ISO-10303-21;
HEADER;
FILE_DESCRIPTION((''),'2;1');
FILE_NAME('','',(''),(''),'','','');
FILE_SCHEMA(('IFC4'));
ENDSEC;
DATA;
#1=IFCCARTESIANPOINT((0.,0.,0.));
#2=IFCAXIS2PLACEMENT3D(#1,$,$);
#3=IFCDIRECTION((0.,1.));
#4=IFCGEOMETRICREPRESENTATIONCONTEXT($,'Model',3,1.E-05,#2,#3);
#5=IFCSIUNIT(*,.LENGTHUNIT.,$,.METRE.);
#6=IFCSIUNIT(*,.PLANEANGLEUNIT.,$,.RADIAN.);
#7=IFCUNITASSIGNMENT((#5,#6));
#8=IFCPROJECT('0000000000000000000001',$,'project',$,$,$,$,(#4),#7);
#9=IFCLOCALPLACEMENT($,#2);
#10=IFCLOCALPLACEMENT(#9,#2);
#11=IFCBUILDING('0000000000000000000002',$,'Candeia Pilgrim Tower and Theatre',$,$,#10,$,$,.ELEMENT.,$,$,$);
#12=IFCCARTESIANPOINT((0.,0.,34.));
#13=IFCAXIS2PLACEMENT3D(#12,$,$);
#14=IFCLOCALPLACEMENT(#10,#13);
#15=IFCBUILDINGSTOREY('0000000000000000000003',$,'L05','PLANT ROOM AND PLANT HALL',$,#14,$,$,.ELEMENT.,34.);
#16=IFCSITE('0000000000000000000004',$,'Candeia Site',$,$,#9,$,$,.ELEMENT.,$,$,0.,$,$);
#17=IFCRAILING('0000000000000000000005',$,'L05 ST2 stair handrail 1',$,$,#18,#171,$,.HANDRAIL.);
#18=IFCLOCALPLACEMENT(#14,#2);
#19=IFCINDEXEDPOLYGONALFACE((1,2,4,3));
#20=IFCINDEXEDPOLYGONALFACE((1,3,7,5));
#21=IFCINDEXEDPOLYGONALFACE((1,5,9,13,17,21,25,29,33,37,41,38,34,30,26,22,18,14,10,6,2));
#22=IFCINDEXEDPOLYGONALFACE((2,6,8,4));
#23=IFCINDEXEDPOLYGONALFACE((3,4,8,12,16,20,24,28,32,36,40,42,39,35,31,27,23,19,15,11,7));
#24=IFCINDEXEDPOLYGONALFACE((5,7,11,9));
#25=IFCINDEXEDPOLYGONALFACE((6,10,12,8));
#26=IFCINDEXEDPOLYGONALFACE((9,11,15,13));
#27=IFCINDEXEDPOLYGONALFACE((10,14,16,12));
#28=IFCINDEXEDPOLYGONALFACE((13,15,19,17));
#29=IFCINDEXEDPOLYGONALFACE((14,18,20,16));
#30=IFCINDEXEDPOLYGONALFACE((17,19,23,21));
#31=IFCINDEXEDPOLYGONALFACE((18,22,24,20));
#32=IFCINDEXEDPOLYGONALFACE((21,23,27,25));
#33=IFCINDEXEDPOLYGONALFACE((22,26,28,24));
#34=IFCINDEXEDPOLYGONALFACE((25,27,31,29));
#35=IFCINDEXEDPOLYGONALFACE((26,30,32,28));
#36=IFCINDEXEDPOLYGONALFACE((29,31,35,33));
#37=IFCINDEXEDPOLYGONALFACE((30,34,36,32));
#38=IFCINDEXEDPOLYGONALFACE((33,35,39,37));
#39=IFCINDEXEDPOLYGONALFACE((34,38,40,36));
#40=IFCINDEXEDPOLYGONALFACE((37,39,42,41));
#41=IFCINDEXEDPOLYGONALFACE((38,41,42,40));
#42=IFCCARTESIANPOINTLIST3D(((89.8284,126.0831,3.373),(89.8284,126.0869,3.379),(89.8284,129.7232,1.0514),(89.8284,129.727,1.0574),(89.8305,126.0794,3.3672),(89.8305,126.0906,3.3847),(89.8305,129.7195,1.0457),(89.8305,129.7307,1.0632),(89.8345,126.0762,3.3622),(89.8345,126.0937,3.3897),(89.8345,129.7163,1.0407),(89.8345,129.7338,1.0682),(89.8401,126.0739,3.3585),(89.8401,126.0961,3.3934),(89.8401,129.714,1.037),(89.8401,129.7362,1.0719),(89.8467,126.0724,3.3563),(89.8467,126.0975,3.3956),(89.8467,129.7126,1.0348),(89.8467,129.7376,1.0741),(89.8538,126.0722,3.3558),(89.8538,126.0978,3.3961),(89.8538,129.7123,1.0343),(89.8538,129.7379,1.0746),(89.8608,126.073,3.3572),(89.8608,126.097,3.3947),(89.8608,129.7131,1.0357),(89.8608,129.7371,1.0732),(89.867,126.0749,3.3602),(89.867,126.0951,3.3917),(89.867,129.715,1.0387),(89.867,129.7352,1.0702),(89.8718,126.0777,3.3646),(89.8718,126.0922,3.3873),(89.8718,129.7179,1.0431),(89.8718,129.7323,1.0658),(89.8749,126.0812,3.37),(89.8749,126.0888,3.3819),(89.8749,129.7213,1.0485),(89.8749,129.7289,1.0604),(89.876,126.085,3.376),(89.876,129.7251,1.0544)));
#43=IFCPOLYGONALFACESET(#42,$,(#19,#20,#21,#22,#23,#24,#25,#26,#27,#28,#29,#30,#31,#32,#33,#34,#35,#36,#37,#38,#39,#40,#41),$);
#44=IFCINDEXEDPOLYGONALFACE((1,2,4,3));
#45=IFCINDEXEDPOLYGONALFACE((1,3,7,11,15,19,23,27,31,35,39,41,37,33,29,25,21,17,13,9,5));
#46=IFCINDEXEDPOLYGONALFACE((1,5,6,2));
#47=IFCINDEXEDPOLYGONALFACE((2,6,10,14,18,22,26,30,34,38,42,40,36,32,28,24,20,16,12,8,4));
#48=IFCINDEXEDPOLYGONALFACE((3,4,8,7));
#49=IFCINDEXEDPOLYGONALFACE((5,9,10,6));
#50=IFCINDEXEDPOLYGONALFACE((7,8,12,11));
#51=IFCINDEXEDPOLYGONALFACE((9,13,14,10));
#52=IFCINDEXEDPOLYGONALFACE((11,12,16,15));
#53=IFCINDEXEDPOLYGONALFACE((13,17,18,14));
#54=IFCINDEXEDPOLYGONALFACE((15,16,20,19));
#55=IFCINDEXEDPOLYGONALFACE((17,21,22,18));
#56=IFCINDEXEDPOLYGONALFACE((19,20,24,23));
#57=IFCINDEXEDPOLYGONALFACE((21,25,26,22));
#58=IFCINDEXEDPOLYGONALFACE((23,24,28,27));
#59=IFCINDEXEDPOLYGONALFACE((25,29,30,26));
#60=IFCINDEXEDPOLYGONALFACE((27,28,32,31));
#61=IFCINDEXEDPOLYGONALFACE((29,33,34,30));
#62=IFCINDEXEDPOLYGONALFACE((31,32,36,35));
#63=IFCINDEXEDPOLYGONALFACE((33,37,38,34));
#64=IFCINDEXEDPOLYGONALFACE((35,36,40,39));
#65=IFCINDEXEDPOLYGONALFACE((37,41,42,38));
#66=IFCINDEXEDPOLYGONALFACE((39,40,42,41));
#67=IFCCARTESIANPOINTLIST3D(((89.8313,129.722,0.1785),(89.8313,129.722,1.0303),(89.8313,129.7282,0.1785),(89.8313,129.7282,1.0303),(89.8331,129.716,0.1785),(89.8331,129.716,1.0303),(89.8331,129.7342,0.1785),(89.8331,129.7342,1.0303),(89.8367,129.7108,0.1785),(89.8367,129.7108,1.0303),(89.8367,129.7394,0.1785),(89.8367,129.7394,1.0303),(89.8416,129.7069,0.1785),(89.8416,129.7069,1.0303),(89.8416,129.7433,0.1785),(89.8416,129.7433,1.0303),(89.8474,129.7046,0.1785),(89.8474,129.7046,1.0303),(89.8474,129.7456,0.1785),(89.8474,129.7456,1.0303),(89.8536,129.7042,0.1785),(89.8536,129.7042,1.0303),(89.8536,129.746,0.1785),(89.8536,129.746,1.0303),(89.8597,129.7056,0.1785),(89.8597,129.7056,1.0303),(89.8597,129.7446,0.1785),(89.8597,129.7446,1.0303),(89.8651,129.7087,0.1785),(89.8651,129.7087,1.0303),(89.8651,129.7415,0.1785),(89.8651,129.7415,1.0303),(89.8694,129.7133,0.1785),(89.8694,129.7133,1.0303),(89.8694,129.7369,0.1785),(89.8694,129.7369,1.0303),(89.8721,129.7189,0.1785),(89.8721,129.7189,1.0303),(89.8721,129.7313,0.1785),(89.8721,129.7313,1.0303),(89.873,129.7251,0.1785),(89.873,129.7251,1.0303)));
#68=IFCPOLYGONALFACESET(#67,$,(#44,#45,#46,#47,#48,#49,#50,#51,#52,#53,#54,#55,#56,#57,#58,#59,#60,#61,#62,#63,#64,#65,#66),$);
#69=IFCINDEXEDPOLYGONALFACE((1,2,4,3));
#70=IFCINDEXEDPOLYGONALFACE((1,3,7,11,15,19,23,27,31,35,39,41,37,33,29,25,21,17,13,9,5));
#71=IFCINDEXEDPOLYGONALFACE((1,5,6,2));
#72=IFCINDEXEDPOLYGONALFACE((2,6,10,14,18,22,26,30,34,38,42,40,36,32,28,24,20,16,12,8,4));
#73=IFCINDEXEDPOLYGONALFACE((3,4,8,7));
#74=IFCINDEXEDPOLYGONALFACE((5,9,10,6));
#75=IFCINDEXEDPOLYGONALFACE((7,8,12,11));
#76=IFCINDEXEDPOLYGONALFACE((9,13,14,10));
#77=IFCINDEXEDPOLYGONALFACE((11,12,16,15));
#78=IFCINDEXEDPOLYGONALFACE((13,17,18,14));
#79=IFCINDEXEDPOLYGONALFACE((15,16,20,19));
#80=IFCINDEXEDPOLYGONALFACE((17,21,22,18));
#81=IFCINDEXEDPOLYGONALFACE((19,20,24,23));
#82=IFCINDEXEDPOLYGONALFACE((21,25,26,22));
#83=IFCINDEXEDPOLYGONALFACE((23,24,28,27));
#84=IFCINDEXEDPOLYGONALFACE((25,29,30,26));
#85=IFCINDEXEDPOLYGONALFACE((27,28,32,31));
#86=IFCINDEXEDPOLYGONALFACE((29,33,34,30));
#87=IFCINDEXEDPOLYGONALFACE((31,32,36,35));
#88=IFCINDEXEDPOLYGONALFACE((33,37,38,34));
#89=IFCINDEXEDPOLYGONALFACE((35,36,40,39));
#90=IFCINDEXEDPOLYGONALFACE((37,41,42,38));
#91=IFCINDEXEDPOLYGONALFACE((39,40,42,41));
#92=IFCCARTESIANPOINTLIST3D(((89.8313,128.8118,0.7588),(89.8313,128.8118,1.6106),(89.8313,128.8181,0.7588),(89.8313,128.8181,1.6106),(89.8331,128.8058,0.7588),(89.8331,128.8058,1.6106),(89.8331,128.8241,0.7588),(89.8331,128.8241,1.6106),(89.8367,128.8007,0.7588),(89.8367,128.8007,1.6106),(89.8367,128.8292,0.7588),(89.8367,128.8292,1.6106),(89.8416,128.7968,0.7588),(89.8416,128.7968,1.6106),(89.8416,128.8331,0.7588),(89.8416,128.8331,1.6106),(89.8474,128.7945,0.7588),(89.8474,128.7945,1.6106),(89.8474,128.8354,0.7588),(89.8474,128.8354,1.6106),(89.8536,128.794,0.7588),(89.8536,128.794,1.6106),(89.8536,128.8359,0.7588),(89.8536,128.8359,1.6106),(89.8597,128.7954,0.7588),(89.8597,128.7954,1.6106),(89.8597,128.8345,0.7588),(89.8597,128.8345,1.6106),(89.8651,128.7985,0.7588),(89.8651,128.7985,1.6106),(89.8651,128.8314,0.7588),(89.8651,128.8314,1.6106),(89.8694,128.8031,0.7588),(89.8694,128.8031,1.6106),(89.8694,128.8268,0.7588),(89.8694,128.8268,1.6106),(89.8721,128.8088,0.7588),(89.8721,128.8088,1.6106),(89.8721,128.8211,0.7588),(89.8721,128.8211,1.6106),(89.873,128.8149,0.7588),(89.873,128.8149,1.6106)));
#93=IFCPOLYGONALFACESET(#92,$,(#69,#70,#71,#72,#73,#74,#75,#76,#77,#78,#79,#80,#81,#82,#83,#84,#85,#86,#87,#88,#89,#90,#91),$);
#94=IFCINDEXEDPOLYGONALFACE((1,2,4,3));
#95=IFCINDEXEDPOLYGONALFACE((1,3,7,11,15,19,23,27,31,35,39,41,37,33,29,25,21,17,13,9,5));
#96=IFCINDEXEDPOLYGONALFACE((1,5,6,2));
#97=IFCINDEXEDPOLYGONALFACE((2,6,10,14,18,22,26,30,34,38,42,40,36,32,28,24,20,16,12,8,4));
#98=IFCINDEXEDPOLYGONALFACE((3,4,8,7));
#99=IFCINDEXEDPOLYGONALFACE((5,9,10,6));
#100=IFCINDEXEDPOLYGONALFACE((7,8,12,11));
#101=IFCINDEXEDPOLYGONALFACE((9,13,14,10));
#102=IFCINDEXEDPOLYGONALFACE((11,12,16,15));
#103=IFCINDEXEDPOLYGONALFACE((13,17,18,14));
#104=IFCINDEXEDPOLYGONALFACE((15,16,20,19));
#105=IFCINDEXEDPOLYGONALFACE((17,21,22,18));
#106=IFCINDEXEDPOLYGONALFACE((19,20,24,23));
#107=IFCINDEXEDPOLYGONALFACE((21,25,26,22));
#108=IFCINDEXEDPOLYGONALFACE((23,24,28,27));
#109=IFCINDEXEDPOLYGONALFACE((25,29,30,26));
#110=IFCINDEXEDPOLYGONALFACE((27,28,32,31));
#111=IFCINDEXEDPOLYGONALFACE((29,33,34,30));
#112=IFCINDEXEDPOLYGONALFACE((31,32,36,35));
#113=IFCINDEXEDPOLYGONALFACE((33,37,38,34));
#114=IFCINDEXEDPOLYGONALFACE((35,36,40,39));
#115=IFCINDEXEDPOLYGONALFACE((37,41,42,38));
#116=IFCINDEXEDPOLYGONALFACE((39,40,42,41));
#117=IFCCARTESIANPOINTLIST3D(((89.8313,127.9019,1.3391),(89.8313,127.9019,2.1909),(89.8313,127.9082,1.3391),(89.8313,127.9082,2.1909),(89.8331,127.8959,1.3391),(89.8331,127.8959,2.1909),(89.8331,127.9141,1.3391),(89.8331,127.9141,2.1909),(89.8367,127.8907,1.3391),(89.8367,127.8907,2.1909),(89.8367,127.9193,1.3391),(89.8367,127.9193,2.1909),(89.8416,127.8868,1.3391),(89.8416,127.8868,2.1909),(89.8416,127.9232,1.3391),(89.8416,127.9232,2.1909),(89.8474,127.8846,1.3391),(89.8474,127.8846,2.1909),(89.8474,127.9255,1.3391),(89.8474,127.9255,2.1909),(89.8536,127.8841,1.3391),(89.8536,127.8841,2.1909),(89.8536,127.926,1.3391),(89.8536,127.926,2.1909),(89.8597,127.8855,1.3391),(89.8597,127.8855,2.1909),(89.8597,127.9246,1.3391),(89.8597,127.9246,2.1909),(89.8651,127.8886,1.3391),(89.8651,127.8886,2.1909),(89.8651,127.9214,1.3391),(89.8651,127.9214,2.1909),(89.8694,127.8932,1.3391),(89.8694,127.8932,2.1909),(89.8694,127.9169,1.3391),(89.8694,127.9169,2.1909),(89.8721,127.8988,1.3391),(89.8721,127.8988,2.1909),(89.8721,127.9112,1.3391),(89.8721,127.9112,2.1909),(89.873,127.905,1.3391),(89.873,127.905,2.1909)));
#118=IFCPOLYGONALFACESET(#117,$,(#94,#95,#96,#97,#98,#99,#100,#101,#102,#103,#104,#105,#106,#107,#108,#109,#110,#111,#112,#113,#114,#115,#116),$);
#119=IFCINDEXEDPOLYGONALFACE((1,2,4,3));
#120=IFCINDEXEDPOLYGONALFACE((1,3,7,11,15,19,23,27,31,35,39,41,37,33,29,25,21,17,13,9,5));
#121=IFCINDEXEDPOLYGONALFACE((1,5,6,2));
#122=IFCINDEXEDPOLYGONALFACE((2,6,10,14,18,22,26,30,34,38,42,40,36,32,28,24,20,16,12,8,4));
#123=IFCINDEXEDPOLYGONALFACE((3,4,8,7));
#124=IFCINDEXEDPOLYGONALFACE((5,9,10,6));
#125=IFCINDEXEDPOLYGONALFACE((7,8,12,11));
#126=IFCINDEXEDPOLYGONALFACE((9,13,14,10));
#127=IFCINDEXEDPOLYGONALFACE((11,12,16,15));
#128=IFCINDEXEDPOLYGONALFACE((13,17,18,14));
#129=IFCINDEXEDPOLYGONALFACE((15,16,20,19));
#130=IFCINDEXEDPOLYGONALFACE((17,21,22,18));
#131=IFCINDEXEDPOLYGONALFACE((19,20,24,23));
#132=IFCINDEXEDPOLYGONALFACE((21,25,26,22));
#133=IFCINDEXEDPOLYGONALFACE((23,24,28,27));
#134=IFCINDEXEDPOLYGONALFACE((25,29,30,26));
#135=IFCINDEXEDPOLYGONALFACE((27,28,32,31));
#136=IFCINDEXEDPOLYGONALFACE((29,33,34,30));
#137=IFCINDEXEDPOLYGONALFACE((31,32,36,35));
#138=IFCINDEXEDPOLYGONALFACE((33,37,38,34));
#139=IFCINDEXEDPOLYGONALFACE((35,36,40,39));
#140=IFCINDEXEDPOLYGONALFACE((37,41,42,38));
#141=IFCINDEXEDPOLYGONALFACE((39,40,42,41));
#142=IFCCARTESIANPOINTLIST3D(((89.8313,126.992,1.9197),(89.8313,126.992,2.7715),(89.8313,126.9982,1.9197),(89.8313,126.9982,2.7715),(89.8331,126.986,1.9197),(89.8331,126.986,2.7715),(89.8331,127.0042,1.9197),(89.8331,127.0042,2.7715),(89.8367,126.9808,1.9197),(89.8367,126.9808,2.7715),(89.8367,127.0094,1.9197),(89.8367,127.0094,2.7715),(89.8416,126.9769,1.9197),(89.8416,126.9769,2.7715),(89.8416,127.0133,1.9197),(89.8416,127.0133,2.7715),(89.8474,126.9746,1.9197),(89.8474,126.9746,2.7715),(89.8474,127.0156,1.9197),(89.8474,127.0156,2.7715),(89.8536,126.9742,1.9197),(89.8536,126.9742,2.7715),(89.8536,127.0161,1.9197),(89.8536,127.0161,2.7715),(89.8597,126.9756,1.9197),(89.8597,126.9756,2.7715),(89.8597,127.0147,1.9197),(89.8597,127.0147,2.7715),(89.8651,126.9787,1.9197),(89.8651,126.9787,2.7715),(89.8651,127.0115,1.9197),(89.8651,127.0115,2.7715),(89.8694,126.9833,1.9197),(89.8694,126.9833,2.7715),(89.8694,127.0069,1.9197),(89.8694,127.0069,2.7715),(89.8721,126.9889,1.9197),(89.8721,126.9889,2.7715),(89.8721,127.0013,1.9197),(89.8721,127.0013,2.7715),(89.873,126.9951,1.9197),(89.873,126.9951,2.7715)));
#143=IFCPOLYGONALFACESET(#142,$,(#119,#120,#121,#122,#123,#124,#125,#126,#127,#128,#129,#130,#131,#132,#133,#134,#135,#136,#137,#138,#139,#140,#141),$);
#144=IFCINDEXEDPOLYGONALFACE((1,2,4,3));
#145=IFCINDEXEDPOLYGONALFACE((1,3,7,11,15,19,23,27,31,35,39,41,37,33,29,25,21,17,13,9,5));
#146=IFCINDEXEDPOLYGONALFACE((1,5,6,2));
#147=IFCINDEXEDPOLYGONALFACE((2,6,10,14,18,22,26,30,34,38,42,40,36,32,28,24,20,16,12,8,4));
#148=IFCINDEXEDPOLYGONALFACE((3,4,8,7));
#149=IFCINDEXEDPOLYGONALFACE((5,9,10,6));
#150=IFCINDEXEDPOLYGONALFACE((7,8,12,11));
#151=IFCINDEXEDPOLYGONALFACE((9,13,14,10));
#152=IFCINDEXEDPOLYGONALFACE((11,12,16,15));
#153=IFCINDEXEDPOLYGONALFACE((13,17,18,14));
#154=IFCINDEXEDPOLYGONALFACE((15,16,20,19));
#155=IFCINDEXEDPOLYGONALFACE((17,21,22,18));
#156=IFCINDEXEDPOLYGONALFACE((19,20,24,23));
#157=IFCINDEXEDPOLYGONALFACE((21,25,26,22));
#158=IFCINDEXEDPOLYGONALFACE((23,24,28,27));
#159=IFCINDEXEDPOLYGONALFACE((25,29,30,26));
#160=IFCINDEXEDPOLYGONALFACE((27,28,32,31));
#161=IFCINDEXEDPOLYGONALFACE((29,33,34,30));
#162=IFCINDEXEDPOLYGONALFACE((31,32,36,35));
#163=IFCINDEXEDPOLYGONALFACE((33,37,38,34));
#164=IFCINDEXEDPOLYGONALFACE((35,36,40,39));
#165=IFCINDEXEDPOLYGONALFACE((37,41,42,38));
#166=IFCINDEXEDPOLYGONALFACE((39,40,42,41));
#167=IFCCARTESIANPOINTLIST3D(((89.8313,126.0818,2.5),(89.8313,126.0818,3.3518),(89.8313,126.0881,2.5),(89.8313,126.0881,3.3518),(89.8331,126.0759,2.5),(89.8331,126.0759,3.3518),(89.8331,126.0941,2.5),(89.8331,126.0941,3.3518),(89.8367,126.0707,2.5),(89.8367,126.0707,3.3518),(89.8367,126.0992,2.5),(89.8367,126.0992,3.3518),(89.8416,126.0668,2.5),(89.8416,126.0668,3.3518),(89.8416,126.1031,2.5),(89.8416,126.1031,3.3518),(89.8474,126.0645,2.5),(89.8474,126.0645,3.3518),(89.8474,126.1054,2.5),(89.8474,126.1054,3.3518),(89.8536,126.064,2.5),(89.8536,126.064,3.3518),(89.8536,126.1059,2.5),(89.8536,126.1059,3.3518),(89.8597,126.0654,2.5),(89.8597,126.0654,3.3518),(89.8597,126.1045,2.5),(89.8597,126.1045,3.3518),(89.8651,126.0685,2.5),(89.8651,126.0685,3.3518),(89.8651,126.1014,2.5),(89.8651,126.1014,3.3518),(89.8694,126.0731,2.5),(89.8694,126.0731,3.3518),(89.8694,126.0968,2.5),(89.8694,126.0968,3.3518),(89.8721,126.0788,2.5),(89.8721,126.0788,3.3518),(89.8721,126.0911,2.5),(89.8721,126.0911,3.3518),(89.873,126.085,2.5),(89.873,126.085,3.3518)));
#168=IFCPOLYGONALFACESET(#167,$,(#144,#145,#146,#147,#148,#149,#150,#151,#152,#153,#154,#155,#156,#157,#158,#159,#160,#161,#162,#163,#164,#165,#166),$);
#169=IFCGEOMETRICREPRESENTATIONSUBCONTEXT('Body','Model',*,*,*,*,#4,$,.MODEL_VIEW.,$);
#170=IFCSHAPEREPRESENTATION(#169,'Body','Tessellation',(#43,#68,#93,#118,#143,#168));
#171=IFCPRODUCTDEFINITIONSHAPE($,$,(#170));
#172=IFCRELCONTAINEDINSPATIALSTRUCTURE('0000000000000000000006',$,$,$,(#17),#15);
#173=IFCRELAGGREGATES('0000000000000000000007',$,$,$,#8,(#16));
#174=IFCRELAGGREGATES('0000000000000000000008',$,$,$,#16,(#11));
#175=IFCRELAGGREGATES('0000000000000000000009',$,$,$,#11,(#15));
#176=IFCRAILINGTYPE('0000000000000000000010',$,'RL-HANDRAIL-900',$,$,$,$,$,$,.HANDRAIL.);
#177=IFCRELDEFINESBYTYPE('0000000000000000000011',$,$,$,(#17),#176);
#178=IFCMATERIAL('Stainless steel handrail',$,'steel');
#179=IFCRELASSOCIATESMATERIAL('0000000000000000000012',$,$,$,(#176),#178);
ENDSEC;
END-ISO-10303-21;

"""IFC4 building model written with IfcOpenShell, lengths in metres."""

from ifc_helpers import new_model, si_unit, direction, frame, origin, origin_2d, place, context, subcontext, project, spatial, circle, extrude, material, type_object, element, save


model = new_model("IFC4")

# Units and contexts
model_context = context("Model", 3, precision=1e-05, world=origin(), true_north=direction((0.0, 1.0)))
body_context = subcontext(model_context, "Body", "Model", "MODEL_VIEW")
ifc_project = project(units=[si_unit("LENGTHUNIT", "METRE"), si_unit("PLANEANGLEUNIT", "RADIAN")], contexts=[model_context])

# Site, building, storey
site_placement = place(None, origin())
site = spatial("IfcSite", under=ifc_project, at=site_placement, Name="Candeia Site", CompositionType="ELEMENT", RefElevation=0.0)
building_placement = place(site_placement, origin())
building = spatial("IfcBuilding", under=site, at=building_placement, Name="Candeia Pilgrim Tower and Theatre", CompositionType="ELEMENT")
storey_placement = place(building_placement, frame((0.0, 0.0, 34.0)))
storey = spatial("IfcBuildingStorey", under=building, at=storey_placement, Name="L05", Description="PLANT ROOM AND PLANT HALL", CompositionType="ELEMENT", Elevation=34.0)

# Railing
ifc_material_1 = material(Name="Stainless steel handrail", Category="steel")
railing_type_1 = type_object("IfcRailingType", Name="RL-HANDRAIL-900", PredefinedType="HANDRAIL", material=ifc_material_1)
for number, where, name in (
    (1, (89.8521, 129.7251, 0.1785), "L05 ST2 stair handrail 1"),
):
    element("IfcRailing", number, at=place(storey_placement, frame(where)), inside=storey, type_object=railing_type_1, Name=name, PredefinedType="HANDRAIL", context=body_context, shape_type="SweptSolid", body=[
        extrude(circle(Radius=0.0239, at=origin_2d()), frame((0.0, 0.0, 0.876), z_axis=(0.0, -0.843128, 0.537713), x_axis=(1.0, 0.0, 0.0)), (0.0, 0.0, 1.0), 4.3174),
        extrude(circle(Radius=0.021, at=origin_2d()), origin(), (0.0, 0.0, 1.0), 0.8518),
        extrude(circle(Radius=0.021, at=origin_2d()), frame((0.0, -0.9102, 0.5803)), (0.0, 0.0, 1.0), 0.8518),
        extrude(circle(Radius=0.021, at=origin_2d()), frame((0.0, -1.8201, 1.1606)), (0.0, 0.0, 1.0), 0.8518),
        extrude(circle(Radius=0.021, at=origin_2d()), frame((0.0, -2.73, 1.7412)), (0.0, 0.0, 1.0), 0.8518),
        extrude(circle(Radius=0.021, at=origin_2d()), frame((0.0, -3.6401, 2.3215)), (0.0, 0.0, 1.0), 0.8518),
    ])

save(model, "model.ifc")
